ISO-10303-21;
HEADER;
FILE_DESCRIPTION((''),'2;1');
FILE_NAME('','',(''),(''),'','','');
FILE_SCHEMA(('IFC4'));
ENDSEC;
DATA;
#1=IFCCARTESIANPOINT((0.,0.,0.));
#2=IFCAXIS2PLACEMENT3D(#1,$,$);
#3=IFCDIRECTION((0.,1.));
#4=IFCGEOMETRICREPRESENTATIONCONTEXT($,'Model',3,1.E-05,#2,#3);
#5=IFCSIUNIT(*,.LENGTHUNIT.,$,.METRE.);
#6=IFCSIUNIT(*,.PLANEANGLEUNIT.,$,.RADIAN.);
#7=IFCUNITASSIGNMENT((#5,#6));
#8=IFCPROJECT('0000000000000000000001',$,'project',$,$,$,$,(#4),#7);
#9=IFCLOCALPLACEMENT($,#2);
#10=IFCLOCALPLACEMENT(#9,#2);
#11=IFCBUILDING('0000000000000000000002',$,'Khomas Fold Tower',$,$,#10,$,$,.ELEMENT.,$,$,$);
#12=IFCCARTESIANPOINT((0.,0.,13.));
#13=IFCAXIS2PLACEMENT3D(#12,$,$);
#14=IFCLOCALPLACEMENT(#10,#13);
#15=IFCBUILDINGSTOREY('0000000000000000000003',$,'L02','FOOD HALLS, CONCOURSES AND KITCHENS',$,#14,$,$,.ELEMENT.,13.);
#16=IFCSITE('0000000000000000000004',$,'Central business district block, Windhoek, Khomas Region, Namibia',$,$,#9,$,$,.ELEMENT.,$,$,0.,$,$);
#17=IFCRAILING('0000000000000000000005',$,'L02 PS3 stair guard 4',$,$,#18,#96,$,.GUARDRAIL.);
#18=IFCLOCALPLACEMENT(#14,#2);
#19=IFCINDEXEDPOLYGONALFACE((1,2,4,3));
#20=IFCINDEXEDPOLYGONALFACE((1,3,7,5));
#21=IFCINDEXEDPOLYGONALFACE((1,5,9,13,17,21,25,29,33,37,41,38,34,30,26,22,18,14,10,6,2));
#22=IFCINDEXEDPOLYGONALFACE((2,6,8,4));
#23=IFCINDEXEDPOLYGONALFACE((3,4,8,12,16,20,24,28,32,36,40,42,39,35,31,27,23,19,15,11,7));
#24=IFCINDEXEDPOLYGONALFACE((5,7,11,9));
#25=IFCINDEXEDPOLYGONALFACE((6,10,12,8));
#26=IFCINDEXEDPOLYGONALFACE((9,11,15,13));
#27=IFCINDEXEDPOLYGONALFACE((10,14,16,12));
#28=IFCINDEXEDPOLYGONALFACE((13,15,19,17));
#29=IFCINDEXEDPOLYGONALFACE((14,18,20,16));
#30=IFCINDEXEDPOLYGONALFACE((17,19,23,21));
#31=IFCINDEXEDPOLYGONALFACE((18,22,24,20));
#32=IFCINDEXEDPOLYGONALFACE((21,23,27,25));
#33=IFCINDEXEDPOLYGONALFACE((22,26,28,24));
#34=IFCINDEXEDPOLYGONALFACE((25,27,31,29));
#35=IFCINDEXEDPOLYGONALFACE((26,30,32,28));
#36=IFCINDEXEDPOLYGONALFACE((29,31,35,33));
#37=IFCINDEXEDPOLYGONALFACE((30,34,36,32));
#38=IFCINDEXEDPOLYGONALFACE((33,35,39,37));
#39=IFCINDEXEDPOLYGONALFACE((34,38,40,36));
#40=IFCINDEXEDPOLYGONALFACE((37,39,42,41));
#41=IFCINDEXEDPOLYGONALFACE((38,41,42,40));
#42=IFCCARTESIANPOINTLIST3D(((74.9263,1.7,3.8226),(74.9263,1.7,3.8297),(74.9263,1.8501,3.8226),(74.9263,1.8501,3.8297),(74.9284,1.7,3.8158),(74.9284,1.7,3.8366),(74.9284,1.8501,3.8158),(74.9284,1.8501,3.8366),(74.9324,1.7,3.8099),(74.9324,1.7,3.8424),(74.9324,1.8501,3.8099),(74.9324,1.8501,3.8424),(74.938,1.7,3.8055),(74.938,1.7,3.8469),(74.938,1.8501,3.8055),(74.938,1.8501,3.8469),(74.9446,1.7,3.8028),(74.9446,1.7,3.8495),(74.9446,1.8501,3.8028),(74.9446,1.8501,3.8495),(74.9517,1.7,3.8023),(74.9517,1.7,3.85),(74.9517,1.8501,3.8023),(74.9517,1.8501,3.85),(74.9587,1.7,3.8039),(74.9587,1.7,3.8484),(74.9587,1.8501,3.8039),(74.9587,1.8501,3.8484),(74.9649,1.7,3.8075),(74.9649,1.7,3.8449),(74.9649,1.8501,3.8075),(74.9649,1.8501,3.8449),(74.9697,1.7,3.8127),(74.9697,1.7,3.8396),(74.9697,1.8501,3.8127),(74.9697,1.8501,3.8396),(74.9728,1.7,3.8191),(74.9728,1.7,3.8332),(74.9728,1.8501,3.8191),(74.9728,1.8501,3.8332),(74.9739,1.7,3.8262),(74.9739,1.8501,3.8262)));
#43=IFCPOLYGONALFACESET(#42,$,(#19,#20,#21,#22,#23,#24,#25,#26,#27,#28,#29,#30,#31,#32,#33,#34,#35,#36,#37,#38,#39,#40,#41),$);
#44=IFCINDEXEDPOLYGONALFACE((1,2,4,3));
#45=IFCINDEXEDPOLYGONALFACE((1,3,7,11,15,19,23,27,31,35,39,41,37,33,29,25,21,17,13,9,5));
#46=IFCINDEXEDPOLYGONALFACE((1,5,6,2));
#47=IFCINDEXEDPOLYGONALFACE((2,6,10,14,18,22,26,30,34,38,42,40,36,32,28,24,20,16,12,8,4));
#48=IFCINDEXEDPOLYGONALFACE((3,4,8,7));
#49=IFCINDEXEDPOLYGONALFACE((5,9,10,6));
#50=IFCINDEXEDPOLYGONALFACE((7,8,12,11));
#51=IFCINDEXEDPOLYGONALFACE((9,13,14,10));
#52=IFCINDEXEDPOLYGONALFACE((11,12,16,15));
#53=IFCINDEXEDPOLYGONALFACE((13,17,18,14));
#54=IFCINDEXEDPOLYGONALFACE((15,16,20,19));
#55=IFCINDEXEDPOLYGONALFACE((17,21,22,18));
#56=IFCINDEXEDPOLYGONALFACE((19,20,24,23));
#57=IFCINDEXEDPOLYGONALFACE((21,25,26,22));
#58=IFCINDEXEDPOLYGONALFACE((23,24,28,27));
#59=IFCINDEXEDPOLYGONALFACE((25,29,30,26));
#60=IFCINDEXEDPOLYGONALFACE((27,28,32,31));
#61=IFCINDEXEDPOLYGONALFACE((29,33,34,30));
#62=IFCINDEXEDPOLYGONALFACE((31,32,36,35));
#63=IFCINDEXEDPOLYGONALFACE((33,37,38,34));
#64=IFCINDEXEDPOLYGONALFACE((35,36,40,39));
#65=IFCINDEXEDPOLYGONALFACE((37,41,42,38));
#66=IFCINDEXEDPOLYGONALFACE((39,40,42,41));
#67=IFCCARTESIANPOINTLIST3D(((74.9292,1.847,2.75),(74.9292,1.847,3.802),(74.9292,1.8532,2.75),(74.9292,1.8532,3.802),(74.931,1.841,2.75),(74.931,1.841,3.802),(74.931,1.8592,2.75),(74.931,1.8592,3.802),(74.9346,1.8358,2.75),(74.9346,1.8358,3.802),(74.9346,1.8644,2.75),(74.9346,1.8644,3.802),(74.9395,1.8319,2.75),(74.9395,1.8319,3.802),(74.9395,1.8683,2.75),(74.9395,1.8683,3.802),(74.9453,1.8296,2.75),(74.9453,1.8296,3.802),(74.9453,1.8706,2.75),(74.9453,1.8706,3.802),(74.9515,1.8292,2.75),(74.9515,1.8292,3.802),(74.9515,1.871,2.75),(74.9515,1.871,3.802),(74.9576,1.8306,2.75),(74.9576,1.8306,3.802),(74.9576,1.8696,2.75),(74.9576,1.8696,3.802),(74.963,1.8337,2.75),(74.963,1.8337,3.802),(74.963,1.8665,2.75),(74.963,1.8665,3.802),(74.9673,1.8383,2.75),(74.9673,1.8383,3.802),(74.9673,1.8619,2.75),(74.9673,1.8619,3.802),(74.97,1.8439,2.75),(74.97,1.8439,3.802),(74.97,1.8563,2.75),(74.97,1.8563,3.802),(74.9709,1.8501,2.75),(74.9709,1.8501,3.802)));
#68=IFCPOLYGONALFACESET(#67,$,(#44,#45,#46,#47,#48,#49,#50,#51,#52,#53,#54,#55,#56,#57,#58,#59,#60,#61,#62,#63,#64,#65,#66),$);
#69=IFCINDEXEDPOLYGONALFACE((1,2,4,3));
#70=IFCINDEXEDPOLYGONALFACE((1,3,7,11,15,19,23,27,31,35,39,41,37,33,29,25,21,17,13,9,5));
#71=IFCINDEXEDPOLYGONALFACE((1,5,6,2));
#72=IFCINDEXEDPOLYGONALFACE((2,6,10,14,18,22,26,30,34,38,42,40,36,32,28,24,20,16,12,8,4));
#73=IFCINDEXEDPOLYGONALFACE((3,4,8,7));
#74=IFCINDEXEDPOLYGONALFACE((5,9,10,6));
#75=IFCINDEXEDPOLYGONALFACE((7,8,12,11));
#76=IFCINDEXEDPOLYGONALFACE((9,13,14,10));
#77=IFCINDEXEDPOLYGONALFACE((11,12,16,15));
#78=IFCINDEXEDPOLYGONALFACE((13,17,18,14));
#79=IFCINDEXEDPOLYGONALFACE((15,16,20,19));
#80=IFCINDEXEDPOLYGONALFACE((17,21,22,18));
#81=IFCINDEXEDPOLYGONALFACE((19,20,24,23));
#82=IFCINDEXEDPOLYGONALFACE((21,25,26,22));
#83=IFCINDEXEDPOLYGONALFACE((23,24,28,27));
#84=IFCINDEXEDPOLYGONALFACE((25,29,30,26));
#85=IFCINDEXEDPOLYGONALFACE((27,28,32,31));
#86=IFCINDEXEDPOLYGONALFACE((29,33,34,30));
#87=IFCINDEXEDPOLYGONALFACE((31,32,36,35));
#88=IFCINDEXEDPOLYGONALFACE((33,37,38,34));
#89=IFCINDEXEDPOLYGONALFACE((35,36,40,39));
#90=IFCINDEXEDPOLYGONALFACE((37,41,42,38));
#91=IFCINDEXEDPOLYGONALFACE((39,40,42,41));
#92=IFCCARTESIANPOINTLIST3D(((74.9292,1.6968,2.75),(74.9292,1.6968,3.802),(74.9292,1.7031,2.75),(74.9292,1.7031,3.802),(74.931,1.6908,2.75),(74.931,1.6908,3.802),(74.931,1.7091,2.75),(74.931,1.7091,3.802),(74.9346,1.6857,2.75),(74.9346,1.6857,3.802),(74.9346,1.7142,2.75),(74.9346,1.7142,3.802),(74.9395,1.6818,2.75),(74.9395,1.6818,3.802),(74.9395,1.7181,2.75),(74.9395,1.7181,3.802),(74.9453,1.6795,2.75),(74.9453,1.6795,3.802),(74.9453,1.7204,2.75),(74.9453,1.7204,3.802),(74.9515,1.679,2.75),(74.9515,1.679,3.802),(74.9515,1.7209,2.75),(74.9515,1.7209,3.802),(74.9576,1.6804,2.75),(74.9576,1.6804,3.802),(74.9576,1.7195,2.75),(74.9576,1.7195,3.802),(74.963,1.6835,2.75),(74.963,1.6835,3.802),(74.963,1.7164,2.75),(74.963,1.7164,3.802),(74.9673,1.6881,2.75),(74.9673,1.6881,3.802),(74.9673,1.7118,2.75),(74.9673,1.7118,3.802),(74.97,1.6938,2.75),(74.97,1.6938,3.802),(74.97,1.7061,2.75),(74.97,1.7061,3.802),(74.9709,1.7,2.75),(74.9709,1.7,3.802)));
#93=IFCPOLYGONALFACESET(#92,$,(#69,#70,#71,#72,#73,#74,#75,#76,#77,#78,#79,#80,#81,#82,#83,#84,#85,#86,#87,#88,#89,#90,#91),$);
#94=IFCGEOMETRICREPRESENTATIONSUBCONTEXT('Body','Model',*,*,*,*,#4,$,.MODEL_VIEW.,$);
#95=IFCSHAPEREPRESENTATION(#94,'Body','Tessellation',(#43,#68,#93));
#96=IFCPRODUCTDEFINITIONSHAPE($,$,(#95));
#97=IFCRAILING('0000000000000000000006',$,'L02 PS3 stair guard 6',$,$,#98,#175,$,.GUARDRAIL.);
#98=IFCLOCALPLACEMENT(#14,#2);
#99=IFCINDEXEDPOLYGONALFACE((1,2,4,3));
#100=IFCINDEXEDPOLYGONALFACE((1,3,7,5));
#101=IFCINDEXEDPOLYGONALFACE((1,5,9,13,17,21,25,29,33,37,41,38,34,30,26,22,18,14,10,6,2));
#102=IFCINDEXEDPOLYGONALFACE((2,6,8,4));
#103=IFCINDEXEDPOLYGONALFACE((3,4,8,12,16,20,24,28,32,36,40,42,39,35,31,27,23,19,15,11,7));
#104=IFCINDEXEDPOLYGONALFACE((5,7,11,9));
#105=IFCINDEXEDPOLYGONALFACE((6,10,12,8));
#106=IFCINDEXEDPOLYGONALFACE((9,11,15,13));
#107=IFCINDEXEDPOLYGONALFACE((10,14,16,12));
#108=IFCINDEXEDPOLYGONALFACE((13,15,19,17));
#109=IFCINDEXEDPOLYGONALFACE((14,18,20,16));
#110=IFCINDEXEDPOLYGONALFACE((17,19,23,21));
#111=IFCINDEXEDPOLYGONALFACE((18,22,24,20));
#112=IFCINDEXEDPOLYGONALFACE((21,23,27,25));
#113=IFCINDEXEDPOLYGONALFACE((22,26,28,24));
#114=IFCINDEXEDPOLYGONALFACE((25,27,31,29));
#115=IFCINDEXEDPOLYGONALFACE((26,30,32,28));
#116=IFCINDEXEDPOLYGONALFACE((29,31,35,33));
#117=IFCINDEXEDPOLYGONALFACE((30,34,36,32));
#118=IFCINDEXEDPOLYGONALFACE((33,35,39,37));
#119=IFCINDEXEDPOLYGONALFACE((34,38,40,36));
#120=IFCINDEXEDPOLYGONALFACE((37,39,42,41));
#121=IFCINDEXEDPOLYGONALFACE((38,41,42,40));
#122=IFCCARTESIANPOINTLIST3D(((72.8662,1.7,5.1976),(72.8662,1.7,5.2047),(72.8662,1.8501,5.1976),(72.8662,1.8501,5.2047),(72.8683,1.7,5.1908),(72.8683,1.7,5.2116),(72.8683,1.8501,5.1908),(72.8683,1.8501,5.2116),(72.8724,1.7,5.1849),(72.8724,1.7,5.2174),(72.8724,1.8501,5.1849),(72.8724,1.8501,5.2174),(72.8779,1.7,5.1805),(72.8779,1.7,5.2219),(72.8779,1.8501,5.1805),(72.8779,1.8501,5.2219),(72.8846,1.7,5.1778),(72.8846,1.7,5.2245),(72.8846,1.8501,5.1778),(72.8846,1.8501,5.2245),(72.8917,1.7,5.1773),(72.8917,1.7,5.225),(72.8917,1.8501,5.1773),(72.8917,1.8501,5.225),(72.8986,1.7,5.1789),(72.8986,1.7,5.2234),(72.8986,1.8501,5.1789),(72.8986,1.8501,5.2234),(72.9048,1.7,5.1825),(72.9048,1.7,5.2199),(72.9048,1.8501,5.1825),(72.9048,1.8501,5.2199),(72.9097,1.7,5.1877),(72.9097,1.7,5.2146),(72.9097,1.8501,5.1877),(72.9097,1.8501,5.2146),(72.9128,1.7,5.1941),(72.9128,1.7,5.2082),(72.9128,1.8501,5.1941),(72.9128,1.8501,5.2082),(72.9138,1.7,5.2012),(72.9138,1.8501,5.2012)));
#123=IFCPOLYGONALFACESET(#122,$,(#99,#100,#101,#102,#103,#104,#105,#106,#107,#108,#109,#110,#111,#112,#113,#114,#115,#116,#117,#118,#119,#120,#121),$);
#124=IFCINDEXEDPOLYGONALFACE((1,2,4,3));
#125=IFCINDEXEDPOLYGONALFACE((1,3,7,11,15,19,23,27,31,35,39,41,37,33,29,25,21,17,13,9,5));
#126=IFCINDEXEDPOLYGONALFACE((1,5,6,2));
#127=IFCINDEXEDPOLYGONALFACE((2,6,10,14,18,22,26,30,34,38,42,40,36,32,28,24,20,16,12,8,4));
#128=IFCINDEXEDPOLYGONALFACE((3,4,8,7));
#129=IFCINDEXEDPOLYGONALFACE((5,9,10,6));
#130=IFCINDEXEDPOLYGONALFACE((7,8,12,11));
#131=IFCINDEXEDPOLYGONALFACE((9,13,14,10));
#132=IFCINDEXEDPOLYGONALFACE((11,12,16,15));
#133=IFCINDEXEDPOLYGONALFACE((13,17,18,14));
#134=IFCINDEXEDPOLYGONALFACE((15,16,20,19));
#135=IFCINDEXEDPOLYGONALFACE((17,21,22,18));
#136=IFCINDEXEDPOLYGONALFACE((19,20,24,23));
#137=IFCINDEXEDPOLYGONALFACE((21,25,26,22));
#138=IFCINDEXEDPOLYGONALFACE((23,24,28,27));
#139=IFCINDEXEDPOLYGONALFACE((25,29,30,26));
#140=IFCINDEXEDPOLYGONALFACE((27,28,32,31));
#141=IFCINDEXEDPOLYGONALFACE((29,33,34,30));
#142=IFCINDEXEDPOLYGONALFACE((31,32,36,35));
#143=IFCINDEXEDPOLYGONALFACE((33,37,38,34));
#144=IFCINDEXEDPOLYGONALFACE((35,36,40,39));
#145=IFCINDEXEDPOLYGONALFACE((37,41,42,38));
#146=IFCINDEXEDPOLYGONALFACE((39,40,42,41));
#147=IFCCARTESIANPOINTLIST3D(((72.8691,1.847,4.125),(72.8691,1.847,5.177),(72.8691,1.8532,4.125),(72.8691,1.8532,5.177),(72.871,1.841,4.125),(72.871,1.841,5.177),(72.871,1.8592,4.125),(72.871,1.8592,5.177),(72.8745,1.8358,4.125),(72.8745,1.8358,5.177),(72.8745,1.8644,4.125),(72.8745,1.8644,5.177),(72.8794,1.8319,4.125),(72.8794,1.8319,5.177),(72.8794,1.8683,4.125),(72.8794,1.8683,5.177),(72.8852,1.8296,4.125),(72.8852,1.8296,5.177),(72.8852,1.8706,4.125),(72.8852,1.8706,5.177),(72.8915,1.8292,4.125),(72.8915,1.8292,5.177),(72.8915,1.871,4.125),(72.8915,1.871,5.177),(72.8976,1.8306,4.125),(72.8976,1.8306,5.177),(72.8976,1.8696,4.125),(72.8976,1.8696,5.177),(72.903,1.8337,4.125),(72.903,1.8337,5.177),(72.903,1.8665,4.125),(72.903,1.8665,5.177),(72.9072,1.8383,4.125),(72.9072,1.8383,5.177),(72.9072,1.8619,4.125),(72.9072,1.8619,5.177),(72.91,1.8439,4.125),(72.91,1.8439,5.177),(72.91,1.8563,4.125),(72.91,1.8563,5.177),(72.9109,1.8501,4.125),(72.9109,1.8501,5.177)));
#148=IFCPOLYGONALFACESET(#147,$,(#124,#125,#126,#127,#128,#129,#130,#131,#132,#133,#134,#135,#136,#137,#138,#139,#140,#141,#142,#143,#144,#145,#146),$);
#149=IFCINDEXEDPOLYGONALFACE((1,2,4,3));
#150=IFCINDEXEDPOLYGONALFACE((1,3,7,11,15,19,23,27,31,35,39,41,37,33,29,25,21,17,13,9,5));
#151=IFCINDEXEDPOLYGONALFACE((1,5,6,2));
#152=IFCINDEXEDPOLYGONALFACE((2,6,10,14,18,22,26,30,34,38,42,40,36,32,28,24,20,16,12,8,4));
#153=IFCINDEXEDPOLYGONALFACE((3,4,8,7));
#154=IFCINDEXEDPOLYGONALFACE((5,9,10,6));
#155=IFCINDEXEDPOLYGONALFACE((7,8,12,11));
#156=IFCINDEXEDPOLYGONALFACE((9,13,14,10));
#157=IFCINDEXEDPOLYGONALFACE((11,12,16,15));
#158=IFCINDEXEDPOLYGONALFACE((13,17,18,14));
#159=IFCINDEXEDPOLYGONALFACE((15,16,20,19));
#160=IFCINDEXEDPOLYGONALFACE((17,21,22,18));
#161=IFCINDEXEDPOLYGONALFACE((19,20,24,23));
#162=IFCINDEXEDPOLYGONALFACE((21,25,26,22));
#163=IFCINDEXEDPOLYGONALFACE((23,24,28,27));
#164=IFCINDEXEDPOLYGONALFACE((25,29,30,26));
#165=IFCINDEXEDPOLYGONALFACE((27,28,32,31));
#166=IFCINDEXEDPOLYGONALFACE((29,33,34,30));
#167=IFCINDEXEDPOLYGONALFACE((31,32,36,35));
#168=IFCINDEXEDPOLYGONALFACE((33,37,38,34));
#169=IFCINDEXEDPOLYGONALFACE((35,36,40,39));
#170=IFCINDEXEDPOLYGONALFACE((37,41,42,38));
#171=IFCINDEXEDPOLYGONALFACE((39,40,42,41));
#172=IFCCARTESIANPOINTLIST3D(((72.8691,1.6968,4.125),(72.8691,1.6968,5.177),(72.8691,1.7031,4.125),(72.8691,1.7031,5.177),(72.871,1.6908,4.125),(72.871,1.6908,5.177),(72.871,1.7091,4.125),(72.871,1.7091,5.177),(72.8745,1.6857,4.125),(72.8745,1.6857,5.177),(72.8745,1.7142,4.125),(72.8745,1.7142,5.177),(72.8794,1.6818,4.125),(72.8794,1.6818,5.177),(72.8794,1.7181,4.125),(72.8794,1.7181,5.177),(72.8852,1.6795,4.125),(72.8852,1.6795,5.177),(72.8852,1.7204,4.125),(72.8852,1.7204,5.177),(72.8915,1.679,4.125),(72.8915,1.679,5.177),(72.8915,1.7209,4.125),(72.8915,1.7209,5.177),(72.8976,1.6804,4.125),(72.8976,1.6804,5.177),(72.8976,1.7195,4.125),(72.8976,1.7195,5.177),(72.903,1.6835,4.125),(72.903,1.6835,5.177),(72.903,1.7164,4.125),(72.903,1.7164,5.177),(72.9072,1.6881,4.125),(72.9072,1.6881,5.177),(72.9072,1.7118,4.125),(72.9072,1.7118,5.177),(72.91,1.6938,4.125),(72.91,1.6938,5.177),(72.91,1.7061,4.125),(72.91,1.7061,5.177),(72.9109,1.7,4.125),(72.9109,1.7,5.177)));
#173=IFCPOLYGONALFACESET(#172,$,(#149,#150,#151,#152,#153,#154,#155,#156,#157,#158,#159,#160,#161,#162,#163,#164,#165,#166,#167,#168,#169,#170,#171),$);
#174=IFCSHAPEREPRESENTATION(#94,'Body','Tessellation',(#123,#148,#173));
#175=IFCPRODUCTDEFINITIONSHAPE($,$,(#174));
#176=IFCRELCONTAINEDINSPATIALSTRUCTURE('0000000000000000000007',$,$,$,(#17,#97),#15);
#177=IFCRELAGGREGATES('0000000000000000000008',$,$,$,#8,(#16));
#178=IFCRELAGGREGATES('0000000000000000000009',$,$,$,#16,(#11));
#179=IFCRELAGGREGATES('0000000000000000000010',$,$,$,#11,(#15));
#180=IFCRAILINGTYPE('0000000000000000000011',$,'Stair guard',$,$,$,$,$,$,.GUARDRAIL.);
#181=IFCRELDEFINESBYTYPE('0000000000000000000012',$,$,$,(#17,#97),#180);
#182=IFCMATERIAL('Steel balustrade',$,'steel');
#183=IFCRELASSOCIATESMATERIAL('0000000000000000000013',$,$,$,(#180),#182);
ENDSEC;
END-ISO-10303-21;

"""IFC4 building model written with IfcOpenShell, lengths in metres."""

from ifc_helpers import new_model, si_unit, direction, frame, origin, origin_2d, place, context, subcontext, project, spatial, circle, extrude, source, transform, mapped, material, type_object, element, save


model = new_model("IFC4")

# Units and contexts
model_context = context("Model", 3, precision=1e-05, world=origin(), true_north=direction((0.0, 1.0)))
body_context = subcontext(model_context, "Body", "Model", "MODEL_VIEW")
ifc_project = project(units=[si_unit("LENGTHUNIT", "METRE"), si_unit("PLANEANGLEUNIT", "RADIAN")], contexts=[model_context])

# Site, building, storey
site_placement = place(None, origin())
site = spatial("IfcSite", under=ifc_project, at=site_placement, Name="Central business district block, Windhoek, Khomas Region, Namibia", CompositionType="ELEMENT", RefElevation=0.0)
building_placement = place(site_placement, origin())
building = spatial("IfcBuilding", under=site, at=building_placement, Name="Khomas Fold Tower", CompositionType="ELEMENT")
storey_placement = place(building_placement, frame((0.0, 0.0, 13.0)))
storey = spatial("IfcBuildingStorey", under=building, at=storey_placement, Name="L02", Description="FOOD HALLS, CONCOURSES AND KITCHENS", CompositionType="ELEMENT", Elevation=13.0)

# Railings
ifc_material_1 = material(Name="Steel balustrade", Category="steel")
railing_type_1 = type_object("IfcRailingType", Name="Stair guard", PredefinedType="GUARDRAIL", material=ifc_material_1)
shared_shape_1 = source(origin(), body_context, "Body", "SweptSolid", [
    extrude(circle(Radius=0.0239, at=origin_2d()), frame((0.0, 0.0, 1.0762), z_axis=(0.0, -1.0, 0.0), x_axis=(1.0, 0.0, 0.0)), (0.0, 0.0, 1.0), 0.1501),
    extrude(circle(Radius=0.021, at=origin_2d()), origin(), (0.0, 0.0, 1.0), 1.052),
    extrude(circle(Radius=0.021, at=origin_2d()), frame((0.0, -0.1501, 0.0)), (0.0, 0.0, 1.0), 1.052),
])
for number, where, name in (
    (1, (74.95, 1.8501, 2.75), "L02 PS3 stair guard 4"),
    (2, (72.8899, 1.8501, 4.125), "L02 PS3 stair guard 6"),
):
    element("IfcRailing", number, at=place(storey_placement, frame(where)), inside=storey, type_object=railing_type_1, Name=name, PredefinedType="GUARDRAIL", context=body_context, shape_type="MappedRepresentation", body=[
        mapped(shared_shape_1, transform((0.0, 0.0, 0.0))),
    ])

save(model, "model.ifc")
